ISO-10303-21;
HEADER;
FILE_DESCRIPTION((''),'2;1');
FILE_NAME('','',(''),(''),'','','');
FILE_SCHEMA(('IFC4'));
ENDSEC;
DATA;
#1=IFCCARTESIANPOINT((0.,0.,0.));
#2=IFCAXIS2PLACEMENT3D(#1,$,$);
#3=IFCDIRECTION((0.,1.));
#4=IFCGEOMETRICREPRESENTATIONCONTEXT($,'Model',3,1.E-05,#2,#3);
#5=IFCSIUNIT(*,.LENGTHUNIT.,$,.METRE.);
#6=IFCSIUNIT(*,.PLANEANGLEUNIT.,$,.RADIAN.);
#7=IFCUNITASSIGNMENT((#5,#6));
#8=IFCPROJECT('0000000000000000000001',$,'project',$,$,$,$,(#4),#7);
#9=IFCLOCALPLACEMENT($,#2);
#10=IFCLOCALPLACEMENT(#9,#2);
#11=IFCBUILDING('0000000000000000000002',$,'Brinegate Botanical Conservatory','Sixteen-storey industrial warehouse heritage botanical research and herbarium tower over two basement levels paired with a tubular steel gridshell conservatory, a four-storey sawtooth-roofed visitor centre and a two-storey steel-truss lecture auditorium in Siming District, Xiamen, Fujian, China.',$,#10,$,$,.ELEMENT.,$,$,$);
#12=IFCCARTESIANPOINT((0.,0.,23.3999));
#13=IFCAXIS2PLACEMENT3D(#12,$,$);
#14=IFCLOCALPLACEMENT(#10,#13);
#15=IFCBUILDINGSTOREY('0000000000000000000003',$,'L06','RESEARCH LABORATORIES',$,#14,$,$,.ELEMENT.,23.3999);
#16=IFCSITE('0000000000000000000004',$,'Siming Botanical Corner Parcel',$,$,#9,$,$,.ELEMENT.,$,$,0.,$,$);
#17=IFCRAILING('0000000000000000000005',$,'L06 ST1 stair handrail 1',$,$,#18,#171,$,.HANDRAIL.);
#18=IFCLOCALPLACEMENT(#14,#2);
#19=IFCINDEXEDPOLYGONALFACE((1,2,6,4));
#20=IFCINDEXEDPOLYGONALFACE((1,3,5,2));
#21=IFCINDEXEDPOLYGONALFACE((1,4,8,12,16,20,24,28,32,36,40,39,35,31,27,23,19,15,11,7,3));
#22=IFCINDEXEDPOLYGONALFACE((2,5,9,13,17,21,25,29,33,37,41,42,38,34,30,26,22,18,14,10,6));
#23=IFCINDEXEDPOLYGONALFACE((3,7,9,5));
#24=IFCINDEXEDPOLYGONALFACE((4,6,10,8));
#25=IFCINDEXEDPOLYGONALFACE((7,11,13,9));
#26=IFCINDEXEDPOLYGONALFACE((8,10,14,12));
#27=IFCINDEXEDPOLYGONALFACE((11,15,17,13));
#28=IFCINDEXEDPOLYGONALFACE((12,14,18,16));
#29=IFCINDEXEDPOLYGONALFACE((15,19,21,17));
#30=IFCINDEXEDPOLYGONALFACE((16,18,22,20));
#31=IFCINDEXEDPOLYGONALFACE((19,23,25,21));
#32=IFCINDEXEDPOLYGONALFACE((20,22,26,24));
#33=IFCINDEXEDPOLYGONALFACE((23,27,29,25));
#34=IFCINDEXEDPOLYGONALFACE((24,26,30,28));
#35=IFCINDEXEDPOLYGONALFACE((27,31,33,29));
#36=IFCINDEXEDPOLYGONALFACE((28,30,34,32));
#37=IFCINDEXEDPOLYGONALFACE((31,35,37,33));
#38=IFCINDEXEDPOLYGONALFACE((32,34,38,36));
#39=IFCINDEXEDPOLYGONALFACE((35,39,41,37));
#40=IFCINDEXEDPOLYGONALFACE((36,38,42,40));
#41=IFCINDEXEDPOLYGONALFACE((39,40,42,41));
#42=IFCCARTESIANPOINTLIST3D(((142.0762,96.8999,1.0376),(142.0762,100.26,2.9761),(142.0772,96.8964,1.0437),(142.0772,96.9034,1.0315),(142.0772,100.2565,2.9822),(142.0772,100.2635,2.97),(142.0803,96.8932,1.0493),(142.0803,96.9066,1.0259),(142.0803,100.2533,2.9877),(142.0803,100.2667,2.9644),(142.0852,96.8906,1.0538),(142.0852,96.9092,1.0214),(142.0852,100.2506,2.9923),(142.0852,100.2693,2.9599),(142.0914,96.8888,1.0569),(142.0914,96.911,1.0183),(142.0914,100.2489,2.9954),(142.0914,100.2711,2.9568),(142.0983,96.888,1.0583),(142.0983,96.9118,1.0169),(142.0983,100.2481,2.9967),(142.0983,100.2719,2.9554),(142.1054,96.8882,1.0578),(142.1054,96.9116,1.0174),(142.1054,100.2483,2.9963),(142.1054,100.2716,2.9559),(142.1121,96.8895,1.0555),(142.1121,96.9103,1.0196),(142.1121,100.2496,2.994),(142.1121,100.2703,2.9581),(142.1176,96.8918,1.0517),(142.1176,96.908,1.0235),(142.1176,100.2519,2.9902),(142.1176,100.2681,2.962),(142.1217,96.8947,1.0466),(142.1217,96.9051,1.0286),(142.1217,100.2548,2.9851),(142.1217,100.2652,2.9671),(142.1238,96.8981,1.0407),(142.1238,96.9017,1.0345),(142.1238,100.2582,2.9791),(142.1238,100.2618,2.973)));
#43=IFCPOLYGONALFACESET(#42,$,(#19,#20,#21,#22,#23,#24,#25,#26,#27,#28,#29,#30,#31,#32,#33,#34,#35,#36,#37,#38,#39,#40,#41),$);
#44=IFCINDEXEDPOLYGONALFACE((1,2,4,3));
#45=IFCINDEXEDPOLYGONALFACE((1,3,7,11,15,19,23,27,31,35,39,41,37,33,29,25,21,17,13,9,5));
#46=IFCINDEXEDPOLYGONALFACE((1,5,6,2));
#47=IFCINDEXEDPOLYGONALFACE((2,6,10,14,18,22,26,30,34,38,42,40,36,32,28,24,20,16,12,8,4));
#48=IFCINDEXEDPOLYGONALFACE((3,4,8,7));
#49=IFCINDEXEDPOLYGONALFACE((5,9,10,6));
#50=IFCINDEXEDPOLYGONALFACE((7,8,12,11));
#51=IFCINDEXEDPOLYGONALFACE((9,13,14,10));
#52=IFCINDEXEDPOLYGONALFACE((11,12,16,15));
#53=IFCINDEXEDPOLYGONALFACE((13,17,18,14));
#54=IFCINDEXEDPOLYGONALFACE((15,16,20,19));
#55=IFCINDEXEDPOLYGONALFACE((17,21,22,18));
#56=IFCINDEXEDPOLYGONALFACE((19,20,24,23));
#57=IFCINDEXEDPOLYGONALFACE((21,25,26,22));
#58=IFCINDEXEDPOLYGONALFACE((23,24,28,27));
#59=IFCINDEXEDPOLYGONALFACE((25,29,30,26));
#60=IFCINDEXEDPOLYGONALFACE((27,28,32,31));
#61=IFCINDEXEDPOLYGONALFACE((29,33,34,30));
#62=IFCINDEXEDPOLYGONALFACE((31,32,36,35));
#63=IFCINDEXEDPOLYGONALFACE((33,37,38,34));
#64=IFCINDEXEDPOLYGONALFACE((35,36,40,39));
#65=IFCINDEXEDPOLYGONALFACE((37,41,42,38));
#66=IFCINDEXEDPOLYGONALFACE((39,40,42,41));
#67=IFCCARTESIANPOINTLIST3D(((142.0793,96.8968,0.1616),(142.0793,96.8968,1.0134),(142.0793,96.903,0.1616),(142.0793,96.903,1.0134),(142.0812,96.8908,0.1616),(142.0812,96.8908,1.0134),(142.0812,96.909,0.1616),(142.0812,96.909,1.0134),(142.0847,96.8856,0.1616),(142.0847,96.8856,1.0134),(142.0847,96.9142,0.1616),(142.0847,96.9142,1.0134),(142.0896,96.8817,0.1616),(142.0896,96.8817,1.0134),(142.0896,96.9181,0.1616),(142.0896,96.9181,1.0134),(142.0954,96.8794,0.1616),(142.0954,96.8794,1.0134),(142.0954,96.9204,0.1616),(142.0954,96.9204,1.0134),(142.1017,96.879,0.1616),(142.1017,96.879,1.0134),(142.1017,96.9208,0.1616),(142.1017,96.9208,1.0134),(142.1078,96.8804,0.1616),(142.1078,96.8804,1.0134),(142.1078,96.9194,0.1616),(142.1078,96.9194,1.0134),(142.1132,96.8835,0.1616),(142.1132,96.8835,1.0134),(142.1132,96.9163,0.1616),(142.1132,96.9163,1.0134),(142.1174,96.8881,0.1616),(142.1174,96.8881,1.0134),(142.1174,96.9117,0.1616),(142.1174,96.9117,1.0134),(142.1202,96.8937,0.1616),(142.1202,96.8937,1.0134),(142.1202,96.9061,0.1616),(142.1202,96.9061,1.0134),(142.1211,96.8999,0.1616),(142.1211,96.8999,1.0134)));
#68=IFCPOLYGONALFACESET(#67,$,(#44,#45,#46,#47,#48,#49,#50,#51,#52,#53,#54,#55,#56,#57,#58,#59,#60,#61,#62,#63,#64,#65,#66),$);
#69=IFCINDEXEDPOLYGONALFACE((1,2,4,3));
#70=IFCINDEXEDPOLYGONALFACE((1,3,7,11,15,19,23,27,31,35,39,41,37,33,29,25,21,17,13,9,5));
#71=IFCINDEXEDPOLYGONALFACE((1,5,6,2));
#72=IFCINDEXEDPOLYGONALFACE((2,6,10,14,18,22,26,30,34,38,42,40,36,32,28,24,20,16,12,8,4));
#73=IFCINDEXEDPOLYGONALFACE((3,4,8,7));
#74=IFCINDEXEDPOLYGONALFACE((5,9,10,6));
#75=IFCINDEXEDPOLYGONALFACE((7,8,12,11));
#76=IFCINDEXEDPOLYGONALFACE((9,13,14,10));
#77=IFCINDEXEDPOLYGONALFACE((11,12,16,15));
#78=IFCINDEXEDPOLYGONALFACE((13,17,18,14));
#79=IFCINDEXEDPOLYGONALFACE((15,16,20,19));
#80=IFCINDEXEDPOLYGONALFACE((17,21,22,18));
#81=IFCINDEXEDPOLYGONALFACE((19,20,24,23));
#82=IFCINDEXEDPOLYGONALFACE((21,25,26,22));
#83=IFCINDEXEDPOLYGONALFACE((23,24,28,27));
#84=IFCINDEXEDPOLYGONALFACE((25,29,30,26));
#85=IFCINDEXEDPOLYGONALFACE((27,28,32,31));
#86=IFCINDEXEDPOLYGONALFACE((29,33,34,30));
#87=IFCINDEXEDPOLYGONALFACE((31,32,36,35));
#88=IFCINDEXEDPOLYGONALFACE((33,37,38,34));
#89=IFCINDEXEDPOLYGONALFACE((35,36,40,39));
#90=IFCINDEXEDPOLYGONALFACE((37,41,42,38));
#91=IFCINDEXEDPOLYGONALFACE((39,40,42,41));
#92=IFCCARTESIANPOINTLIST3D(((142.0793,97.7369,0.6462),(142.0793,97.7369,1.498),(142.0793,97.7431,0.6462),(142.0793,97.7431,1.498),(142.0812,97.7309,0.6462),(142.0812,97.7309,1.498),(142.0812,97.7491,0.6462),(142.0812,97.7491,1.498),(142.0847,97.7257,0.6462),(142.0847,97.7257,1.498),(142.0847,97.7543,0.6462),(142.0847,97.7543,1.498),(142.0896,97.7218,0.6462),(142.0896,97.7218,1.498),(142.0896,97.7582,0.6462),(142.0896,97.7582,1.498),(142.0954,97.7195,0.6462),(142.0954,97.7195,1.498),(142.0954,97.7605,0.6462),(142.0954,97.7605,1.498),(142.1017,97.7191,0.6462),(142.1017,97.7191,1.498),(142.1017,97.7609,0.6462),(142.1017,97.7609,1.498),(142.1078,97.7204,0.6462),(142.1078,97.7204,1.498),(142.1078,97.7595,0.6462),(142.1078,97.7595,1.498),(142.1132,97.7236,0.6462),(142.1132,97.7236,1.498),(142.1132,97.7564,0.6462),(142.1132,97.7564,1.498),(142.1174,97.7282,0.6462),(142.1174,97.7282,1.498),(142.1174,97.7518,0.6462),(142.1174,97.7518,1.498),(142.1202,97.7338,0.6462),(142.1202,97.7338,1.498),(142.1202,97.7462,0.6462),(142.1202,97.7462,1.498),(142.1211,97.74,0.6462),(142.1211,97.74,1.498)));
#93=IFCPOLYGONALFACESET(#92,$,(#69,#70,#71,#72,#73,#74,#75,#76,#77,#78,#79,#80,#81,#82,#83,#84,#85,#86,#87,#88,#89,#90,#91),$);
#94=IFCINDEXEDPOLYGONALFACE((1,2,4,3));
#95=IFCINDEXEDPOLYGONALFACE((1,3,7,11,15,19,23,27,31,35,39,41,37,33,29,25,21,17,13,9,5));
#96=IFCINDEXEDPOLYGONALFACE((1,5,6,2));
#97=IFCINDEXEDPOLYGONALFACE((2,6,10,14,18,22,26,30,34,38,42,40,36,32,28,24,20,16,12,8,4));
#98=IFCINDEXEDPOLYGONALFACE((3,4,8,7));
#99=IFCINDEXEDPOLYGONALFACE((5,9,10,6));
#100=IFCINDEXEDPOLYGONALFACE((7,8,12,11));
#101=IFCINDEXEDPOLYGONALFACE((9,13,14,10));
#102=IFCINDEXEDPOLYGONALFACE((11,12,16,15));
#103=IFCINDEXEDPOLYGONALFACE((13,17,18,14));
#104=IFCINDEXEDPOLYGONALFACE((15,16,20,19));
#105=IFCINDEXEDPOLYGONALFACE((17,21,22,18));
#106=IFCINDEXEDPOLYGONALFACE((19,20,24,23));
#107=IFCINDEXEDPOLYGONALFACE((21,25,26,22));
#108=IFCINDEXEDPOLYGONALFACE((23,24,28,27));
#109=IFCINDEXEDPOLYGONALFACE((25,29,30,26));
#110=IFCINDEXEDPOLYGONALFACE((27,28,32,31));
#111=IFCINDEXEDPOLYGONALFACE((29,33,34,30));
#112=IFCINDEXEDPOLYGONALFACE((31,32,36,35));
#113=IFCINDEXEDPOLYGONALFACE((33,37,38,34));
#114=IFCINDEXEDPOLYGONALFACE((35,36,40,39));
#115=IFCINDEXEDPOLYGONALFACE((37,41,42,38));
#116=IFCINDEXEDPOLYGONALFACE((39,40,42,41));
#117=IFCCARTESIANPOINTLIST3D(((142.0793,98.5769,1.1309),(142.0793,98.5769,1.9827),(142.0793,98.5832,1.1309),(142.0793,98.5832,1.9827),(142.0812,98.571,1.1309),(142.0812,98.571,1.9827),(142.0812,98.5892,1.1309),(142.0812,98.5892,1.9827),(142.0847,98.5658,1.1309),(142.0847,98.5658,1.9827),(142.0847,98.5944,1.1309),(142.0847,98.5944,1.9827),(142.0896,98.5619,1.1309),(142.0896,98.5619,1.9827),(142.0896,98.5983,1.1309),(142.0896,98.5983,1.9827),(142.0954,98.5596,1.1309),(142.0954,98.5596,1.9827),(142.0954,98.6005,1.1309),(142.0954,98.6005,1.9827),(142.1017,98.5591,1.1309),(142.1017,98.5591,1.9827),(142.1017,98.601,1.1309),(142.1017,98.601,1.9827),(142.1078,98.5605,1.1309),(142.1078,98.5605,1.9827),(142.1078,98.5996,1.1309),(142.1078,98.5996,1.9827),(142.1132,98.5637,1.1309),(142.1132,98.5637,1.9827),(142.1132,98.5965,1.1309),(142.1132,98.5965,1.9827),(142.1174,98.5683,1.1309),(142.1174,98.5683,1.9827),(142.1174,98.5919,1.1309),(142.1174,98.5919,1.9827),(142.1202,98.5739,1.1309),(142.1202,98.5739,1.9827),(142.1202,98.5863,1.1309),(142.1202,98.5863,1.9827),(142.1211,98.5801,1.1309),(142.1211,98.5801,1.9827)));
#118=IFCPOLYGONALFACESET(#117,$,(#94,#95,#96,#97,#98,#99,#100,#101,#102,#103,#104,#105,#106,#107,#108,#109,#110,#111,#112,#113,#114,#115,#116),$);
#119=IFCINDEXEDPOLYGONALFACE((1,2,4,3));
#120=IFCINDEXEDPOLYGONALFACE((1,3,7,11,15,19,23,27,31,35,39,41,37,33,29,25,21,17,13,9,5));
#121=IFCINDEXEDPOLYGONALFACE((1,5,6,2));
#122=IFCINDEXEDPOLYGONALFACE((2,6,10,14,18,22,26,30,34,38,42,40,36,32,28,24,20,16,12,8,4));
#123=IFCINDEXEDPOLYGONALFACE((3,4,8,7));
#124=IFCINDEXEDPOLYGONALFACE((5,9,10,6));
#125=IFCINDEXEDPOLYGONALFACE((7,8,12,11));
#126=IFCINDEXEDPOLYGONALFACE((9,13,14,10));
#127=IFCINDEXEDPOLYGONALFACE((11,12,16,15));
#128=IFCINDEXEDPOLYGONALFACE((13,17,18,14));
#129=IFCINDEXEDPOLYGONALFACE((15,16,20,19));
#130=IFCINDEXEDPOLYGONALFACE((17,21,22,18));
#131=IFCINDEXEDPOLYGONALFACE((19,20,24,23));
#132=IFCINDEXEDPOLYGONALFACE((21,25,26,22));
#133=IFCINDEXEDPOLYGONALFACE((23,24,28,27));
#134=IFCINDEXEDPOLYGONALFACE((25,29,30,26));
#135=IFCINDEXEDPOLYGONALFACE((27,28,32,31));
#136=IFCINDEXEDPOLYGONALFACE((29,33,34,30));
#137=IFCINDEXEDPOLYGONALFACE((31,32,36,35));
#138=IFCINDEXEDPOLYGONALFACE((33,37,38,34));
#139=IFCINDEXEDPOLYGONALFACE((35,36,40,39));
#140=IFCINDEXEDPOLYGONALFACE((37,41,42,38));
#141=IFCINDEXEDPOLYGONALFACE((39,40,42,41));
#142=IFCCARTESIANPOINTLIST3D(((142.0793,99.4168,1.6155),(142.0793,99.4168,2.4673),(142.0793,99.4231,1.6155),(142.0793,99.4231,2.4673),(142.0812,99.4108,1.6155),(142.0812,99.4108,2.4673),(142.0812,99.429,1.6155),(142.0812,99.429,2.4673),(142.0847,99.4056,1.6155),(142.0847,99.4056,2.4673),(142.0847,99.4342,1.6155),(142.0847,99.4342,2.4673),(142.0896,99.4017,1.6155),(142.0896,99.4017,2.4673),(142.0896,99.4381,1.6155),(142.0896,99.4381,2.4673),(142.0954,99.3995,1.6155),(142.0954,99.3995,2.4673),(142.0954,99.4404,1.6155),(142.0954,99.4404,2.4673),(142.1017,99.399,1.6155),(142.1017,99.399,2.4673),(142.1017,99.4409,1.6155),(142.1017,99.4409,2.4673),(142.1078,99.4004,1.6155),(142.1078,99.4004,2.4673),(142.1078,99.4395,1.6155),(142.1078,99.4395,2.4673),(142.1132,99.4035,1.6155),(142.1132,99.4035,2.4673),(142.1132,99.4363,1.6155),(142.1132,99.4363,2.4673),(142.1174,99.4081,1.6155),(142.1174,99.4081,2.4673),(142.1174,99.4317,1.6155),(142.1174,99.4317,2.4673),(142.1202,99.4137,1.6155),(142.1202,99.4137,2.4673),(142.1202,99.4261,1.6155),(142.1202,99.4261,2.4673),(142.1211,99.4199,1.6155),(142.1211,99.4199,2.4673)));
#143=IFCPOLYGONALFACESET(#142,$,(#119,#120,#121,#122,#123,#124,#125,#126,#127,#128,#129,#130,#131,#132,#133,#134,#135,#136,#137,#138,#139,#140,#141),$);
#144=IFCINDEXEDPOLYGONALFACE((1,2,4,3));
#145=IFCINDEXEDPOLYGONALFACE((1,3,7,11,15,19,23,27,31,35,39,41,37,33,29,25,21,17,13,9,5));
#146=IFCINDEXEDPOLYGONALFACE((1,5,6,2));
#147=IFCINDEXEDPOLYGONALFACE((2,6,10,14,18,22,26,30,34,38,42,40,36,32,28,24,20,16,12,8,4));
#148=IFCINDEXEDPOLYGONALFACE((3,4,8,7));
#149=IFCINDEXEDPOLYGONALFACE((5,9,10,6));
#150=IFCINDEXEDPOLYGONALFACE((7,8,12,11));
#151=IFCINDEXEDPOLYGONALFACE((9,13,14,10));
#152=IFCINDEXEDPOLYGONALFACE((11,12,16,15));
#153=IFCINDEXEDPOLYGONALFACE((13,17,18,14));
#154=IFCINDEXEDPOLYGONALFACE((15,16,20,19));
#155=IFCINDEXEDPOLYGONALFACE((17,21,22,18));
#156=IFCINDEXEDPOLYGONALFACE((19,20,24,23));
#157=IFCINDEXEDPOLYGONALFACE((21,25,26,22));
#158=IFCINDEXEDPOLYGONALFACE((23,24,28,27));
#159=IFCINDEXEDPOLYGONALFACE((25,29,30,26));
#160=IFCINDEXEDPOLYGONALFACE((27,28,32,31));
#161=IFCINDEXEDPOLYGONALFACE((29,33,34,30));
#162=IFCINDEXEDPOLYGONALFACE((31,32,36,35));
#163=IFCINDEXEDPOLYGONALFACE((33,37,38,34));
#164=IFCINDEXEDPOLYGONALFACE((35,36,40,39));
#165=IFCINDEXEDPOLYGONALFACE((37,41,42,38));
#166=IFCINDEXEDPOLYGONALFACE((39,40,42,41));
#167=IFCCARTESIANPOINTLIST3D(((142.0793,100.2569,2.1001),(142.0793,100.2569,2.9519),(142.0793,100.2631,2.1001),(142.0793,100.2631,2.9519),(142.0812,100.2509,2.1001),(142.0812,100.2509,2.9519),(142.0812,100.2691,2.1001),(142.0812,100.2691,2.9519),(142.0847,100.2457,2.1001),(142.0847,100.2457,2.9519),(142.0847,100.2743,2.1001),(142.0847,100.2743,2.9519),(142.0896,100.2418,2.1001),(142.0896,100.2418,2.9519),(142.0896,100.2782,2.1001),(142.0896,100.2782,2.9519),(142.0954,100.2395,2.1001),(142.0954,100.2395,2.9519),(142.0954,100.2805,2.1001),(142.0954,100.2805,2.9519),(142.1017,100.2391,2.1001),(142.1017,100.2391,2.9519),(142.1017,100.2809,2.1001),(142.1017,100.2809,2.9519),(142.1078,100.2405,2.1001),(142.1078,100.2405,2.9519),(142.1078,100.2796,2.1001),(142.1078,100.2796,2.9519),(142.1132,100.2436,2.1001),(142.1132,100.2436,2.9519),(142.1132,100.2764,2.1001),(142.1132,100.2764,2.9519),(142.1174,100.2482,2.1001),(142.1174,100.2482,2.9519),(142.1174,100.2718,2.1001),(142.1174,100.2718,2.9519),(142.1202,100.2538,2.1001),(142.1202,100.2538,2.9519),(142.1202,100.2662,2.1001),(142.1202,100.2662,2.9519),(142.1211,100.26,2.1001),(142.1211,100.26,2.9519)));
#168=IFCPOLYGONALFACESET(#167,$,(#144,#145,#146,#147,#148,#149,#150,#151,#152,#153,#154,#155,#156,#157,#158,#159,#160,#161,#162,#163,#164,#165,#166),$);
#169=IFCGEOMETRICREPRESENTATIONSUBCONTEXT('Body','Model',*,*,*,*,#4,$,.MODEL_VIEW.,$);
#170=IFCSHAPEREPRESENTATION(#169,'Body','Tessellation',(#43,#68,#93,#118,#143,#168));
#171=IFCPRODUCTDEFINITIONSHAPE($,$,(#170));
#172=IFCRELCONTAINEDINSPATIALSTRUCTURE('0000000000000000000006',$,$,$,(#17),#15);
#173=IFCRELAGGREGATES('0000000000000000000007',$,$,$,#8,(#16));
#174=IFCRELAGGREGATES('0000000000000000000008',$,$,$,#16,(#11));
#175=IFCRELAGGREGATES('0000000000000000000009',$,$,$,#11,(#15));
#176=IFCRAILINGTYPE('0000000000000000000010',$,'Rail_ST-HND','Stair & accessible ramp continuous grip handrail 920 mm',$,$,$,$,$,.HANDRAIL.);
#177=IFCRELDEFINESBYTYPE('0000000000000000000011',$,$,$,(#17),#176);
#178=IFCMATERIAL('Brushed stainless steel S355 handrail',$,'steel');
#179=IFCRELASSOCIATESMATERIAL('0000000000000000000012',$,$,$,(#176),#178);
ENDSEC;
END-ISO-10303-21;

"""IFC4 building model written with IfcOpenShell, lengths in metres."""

from ifc_helpers import new_model, si_unit, direction, frame, origin, origin_2d, place, context, subcontext, project, spatial, circle, extrude, material, type_object, element, save


model = new_model("IFC4")

# Units and contexts
model_context = context("Model", 3, precision=1e-05, world=origin(), true_north=direction((0.0, 1.0)))
body_context = subcontext(model_context, "Body", "Model", "MODEL_VIEW")
ifc_project = project(units=[si_unit("LENGTHUNIT", "METRE"), si_unit("PLANEANGLEUNIT", "RADIAN")], contexts=[model_context])

# Site, building, storey
site_placement = place(None, origin())
site = spatial("IfcSite", under=ifc_project, at=site_placement, Name="Siming Botanical Corner Parcel", CompositionType="ELEMENT", RefElevation=0.0)
building_placement = place(site_placement, origin())
building = spatial("IfcBuilding", under=site, at=building_placement, Name="Brinegate Botanical Conservatory", Description="Sixteen-storey industrial warehouse heritage botanical research and herbarium tower over two basement levels paired with a tubular steel gridshell conservatory, a four-storey sawtooth-roofed visitor centre and a two-storey steel-truss lecture auditorium in Siming District, Xiamen, Fujian, China.", CompositionType="ELEMENT")
storey_placement = place(building_placement, frame((0.0, 0.0, 23.3999)))
storey = spatial("IfcBuildingStorey", under=building, at=storey_placement, Name="L06", Description="RESEARCH LABORATORIES", CompositionType="ELEMENT", Elevation=23.3999)

# Railing
ifc_material_1 = material(Name="Brushed stainless steel S355 handrail", Category="steel")
railing_type_1 = type_object("IfcRailingType", Name="Rail_ST-HND", Description="Stair & accessible ramp continuous grip handrail 920 mm", PredefinedType="HANDRAIL", material=ifc_material_1)
railing_1_placement = place(storey_placement, frame((142.1001, 96.8999, 0.1616)))
element("IfcRailing", 1, at=railing_1_placement, inside=storey, type_object=railing_type_1, Name="L06 ST1 stair handrail 1", PredefinedType="HANDRAIL", context=body_context, shape_type="SweptSolid", body=[
    extrude(circle(Radius=0.0239, at=origin_2d()), frame((0.0, 0.0, 0.876), z_axis=(0.0, 0.866191, 0.499713), x_axis=(-1.0, 0.0, 0.0)), (0.0, 0.0, 1.0), 3.8792),
    extrude(circle(Radius=0.021, at=origin_2d()), origin(), (0.0, 0.0, 1.0), 0.8518),
    extrude(circle(Radius=0.021, at=origin_2d()), frame((0.0, 0.8401, 0.4846)), (0.0, 0.0, 1.0), 0.8518),
    extrude(circle(Radius=0.021, at=origin_2d()), frame((0.0, 1.6802, 0.9692)), (0.0, 0.0, 1.0), 0.8518),
    extrude(circle(Radius=0.021, at=origin_2d()), frame((0.0, 2.52, 1.4539)), (0.0, 0.0, 1.0), 0.8518),
    extrude(circle(Radius=0.021, at=origin_2d()), frame((0.0, 3.3601, 1.9385)), (0.0, 0.0, 1.0), 0.8518),
])

save(model, "model.ifc")
